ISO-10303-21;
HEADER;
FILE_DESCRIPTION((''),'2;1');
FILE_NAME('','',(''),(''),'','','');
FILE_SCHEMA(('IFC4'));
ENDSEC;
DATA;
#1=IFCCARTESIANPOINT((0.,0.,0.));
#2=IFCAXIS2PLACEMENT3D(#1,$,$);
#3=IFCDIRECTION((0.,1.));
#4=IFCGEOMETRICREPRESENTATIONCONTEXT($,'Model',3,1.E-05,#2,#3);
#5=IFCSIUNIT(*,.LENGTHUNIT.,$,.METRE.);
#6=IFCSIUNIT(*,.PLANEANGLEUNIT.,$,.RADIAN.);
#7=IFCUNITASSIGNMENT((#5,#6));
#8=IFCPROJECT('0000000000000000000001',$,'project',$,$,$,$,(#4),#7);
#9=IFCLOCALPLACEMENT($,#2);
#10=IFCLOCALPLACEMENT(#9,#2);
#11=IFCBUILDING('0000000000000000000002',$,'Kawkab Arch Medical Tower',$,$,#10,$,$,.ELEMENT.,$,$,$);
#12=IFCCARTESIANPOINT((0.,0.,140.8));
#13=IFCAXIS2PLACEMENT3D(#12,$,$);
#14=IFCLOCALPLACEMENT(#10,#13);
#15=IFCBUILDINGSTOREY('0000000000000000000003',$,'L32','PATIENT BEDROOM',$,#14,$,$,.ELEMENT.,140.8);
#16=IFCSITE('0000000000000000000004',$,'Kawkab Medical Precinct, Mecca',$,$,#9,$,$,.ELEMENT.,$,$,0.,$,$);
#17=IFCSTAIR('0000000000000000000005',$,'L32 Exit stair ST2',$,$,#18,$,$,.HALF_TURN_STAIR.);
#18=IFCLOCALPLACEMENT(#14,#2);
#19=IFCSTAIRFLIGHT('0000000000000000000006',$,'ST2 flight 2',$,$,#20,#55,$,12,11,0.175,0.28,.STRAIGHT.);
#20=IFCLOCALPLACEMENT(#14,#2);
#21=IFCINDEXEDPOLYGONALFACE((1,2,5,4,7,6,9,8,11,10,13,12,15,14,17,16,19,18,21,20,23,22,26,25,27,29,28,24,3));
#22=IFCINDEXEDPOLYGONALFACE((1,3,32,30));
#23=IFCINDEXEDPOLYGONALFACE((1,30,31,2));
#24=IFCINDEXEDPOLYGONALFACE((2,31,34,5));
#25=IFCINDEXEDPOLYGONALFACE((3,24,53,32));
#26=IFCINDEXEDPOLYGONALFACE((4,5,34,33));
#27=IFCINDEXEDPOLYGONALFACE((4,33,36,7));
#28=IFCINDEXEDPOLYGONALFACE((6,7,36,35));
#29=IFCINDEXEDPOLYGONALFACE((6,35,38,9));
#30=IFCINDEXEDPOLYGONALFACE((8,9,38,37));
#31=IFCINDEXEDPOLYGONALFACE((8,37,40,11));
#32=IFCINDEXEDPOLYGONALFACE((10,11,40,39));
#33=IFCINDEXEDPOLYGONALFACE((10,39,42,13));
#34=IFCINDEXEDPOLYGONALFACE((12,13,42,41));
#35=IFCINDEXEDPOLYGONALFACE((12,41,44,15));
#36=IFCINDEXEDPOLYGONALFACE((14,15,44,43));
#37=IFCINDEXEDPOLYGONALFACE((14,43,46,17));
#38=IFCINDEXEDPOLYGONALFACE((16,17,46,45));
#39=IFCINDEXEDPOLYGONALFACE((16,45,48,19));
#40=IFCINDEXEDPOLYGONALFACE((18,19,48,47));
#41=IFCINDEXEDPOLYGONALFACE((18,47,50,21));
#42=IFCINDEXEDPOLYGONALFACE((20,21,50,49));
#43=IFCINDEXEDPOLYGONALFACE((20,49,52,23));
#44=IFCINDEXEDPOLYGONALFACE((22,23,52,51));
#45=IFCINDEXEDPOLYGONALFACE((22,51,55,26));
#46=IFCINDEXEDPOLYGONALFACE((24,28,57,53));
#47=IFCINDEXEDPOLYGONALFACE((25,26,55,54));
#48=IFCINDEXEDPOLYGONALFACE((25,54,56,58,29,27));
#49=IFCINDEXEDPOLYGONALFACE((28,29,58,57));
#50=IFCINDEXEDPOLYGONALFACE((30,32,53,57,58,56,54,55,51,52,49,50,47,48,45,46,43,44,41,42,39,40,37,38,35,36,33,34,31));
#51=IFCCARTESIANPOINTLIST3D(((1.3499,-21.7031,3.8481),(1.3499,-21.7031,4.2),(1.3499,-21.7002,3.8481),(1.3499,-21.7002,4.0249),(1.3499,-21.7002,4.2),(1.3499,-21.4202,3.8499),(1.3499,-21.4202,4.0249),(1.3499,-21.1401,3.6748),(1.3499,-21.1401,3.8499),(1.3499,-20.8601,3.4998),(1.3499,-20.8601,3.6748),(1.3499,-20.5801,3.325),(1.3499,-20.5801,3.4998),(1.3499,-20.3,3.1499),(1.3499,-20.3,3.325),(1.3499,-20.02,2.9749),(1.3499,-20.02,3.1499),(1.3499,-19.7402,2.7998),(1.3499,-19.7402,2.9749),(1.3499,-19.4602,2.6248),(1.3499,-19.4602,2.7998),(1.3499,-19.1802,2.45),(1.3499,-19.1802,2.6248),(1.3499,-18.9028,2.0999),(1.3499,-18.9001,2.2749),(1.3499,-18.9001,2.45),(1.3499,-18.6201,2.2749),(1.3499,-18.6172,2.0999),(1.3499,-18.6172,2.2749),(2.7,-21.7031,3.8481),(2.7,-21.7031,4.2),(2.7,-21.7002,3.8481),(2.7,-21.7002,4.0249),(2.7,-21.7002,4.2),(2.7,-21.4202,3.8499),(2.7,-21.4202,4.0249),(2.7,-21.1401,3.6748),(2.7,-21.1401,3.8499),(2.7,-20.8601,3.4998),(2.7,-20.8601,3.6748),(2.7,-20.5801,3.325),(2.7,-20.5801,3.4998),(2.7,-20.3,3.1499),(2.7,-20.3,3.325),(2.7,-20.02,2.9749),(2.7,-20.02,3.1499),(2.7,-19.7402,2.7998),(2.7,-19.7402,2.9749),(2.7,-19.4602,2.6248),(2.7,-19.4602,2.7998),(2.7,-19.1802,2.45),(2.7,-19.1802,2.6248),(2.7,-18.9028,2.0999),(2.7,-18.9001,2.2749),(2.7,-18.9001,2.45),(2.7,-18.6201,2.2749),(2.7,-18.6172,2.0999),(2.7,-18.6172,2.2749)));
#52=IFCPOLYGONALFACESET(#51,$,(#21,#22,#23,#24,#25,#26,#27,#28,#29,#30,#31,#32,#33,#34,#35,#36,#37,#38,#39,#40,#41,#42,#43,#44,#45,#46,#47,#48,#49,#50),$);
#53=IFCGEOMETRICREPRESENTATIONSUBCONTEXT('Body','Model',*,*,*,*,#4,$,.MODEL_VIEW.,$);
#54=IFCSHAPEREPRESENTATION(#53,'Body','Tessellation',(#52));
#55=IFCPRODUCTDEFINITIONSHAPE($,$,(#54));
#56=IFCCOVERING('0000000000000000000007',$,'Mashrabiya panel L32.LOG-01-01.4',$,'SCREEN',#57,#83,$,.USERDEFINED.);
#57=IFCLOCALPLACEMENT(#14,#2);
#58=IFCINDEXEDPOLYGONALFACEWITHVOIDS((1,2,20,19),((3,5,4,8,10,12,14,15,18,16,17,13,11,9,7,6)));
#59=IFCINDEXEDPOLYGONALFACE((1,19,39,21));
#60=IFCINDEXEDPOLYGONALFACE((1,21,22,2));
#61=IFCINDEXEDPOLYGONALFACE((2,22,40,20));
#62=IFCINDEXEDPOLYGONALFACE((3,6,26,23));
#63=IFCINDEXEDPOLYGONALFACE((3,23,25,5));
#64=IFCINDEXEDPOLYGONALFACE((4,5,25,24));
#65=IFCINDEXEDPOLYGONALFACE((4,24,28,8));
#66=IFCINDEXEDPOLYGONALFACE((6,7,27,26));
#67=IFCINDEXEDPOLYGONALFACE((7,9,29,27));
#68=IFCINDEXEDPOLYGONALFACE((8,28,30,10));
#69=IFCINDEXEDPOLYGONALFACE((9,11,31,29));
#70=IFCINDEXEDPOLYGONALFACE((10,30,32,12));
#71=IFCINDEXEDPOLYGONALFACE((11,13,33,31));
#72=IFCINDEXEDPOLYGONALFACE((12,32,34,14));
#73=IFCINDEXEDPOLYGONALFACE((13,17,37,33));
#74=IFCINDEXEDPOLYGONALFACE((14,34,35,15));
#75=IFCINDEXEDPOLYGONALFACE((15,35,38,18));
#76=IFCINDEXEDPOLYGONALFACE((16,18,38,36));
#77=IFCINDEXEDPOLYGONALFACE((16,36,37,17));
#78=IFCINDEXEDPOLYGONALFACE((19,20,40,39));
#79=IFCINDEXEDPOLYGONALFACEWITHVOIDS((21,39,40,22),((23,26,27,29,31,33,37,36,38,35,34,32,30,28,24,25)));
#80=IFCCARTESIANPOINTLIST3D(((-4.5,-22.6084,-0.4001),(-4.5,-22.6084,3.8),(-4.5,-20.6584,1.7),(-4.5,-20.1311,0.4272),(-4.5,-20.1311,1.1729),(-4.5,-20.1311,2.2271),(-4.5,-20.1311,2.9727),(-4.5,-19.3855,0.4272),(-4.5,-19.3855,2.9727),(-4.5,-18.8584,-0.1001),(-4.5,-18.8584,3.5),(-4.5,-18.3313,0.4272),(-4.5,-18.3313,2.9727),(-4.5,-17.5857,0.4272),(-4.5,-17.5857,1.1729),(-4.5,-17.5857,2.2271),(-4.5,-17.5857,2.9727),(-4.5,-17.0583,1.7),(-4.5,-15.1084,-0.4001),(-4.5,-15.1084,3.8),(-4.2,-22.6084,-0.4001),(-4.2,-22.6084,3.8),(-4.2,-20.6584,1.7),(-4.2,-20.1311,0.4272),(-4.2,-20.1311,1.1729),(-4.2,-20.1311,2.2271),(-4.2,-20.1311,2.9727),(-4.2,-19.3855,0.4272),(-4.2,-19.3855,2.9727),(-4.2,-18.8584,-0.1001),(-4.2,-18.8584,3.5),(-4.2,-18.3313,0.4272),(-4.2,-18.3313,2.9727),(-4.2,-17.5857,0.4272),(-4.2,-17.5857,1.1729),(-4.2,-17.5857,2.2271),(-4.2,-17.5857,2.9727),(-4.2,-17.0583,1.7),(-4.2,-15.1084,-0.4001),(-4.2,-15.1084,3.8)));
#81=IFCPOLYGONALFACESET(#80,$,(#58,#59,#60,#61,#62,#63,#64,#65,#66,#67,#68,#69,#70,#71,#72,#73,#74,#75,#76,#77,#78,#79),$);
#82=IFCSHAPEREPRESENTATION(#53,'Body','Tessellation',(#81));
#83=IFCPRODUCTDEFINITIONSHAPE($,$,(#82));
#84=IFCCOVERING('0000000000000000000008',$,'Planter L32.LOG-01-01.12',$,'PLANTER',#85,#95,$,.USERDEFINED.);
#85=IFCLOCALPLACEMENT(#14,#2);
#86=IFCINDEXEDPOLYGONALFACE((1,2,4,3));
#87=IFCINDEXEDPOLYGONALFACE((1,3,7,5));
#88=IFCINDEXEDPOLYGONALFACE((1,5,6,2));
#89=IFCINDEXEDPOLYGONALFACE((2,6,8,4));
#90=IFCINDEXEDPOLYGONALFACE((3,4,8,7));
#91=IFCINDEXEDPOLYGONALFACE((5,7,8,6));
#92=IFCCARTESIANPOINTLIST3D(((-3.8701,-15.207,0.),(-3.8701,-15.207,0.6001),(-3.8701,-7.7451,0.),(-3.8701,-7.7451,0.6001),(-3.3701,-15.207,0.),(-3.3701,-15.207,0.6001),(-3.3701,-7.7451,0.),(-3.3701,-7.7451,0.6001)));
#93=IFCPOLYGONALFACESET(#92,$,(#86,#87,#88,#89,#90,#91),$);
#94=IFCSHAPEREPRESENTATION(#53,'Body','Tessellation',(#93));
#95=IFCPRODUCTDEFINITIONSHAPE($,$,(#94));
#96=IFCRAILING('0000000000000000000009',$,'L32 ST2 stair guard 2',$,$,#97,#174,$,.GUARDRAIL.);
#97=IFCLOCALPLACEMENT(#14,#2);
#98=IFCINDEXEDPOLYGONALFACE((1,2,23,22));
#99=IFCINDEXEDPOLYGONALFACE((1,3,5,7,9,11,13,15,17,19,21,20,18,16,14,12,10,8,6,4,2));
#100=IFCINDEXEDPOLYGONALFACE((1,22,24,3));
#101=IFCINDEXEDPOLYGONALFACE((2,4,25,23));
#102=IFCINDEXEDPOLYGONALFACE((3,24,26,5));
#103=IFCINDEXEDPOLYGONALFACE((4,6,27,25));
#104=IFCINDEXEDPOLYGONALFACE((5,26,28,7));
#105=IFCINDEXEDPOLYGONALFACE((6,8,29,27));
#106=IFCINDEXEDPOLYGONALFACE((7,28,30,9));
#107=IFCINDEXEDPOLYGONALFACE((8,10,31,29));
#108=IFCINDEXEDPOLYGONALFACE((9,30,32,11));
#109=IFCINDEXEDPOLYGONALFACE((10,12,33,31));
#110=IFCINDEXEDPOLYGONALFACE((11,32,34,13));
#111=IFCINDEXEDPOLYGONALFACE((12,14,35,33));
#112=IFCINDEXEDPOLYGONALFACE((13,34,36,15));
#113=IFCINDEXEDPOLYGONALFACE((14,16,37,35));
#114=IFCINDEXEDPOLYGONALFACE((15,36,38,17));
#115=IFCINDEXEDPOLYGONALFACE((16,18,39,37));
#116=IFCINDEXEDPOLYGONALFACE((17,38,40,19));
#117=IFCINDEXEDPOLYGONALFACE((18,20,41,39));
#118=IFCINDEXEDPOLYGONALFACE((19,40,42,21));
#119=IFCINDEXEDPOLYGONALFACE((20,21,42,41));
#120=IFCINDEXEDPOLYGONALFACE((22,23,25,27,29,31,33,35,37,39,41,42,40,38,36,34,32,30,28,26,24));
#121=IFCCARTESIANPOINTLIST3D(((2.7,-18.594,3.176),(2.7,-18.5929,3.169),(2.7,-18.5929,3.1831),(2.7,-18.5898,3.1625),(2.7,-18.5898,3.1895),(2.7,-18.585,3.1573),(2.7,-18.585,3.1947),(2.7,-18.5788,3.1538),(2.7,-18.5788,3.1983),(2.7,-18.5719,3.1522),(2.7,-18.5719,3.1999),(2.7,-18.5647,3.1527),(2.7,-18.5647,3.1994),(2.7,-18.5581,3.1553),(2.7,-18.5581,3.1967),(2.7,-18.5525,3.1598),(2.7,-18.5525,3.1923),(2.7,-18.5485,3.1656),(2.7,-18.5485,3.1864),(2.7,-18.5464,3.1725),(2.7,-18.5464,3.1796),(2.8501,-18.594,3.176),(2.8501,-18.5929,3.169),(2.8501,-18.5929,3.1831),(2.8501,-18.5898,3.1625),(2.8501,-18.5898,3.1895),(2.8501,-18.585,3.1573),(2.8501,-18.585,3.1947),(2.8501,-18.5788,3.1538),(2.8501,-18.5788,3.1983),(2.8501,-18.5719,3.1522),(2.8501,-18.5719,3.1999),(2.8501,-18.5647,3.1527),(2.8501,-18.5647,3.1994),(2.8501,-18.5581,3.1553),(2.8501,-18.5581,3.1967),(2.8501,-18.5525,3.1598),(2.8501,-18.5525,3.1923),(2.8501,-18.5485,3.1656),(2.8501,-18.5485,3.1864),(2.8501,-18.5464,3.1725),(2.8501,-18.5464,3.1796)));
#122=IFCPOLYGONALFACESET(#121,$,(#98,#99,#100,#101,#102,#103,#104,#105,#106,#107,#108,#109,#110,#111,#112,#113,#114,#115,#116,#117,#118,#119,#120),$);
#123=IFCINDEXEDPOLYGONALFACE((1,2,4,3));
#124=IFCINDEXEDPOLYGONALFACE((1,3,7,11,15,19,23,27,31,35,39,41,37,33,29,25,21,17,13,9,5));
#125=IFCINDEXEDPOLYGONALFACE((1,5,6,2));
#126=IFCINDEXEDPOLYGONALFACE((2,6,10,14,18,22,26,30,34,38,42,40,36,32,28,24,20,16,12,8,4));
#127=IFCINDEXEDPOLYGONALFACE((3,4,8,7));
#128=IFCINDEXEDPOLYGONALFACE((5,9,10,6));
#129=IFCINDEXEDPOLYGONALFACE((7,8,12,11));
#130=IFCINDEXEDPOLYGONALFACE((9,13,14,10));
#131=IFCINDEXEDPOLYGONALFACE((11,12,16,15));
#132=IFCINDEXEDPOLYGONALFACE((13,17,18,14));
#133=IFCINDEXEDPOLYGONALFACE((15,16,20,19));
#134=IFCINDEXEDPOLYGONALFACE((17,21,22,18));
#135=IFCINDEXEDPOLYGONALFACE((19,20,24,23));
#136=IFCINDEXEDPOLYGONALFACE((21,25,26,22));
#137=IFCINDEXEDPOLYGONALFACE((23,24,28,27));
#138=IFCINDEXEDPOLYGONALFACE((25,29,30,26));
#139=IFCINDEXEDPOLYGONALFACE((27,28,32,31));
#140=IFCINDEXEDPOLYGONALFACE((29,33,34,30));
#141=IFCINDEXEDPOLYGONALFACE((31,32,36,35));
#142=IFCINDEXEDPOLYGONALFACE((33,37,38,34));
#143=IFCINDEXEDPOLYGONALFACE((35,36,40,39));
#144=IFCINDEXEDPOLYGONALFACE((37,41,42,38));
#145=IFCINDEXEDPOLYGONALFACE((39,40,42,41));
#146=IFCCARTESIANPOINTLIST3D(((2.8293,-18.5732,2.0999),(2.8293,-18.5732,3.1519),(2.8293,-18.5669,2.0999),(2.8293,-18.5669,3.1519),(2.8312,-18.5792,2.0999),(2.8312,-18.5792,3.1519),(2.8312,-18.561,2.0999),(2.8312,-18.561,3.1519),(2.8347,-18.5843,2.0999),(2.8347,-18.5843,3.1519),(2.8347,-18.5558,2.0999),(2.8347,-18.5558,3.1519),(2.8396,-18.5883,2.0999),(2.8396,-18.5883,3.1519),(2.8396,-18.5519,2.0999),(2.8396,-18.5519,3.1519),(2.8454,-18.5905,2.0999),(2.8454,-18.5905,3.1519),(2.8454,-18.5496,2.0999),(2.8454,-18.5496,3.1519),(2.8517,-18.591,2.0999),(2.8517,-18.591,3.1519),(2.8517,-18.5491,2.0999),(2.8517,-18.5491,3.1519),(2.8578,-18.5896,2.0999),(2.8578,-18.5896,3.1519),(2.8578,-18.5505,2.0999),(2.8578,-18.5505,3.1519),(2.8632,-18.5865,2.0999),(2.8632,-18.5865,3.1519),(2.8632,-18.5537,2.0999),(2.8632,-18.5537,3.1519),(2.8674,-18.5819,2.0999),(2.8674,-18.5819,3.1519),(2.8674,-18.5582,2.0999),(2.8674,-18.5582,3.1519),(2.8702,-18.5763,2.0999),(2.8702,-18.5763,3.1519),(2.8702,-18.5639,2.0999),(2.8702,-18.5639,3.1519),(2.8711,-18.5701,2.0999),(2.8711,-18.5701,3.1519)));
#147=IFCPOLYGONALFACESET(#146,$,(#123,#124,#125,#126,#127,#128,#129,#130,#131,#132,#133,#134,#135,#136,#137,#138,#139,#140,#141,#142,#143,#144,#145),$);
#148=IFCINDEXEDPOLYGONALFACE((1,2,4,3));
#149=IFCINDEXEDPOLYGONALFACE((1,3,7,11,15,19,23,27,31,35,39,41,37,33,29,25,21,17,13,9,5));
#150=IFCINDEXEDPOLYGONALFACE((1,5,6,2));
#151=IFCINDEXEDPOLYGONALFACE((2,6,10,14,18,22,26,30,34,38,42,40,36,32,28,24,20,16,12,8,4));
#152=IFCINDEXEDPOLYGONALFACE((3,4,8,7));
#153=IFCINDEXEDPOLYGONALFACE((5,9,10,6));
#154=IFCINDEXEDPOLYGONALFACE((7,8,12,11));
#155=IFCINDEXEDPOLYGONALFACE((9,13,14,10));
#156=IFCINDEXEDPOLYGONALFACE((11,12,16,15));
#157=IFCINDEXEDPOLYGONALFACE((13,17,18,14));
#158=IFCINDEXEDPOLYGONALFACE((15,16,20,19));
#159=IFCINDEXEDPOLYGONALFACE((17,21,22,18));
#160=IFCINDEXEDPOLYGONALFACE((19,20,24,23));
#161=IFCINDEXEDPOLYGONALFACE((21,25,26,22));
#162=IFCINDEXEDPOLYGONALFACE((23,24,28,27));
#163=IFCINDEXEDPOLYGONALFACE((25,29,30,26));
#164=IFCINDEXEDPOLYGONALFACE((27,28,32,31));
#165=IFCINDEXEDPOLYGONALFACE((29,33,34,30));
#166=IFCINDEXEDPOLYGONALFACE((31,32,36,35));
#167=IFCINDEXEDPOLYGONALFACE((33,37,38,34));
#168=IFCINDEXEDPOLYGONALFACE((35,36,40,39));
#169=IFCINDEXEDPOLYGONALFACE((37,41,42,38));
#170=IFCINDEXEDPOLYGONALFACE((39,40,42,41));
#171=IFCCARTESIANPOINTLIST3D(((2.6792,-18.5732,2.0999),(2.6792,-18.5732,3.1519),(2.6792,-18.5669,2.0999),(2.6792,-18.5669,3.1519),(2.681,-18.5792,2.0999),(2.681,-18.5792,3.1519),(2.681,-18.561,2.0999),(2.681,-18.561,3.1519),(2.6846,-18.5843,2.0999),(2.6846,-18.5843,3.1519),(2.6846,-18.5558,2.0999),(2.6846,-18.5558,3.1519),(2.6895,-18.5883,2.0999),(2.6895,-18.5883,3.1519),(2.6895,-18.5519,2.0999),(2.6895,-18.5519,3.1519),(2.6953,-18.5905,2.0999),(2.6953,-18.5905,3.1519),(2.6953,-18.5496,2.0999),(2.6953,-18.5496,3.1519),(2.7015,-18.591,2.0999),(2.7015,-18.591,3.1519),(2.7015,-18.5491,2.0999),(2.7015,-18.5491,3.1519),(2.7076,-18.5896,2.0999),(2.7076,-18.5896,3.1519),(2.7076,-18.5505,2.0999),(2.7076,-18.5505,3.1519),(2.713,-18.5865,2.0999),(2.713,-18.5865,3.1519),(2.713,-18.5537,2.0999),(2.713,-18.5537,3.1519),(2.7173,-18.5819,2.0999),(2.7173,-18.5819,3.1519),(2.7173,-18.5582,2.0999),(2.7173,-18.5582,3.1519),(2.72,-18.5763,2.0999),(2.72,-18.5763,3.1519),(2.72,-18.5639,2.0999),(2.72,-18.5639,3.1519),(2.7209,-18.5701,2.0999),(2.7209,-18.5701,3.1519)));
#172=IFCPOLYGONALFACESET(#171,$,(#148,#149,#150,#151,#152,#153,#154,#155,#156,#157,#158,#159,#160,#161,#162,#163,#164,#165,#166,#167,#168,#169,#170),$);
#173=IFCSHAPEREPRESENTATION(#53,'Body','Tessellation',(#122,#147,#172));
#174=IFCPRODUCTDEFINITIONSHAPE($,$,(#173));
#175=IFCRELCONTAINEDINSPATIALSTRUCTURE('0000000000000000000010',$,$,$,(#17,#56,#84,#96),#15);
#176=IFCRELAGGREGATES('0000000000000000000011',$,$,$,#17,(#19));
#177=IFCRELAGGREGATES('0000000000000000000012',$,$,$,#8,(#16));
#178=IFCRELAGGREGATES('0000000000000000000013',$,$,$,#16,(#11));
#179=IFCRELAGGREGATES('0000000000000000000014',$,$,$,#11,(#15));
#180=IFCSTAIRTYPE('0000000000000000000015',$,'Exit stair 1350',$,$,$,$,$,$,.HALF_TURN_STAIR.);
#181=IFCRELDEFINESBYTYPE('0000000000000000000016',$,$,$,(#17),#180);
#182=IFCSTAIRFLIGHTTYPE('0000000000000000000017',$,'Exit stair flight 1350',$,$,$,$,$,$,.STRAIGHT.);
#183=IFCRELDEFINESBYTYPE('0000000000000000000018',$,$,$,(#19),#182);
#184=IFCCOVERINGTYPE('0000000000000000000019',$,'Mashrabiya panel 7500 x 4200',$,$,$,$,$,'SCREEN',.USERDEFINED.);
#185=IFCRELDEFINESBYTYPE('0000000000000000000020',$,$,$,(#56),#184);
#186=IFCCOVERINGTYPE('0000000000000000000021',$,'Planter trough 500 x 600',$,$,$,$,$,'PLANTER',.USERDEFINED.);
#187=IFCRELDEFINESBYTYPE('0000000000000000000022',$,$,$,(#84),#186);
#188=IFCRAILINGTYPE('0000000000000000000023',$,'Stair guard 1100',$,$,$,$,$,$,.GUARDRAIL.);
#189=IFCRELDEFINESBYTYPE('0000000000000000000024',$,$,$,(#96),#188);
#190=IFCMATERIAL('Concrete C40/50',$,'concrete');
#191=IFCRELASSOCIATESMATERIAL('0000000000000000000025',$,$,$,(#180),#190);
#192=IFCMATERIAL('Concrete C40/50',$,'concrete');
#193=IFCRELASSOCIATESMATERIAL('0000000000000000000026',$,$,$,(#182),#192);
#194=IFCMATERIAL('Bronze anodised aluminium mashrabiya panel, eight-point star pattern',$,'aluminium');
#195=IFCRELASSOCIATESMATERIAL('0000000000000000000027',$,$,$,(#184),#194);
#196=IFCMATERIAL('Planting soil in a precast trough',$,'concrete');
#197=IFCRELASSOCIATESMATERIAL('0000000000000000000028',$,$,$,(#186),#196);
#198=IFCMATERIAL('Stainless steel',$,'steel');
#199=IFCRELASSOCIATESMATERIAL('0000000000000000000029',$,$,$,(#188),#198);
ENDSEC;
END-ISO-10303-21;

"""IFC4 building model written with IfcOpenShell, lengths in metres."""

from ifc_helpers import new_model, si_unit, direction, frame, origin, origin_2d, place, context, subcontext, project, spatial, polyline, rectangle, circle, outline, extrude, material, material_profile, profile_set, type_object, element, aggregate, save


model = new_model("IFC4")

# Units and contexts
model_context = context("Model", 3, precision=1e-05, world=origin(), true_north=direction((0.0, 1.0)))
body_context = subcontext(model_context, "Body", "Model", "MODEL_VIEW")
ifc_project = project(units=[si_unit("LENGTHUNIT", "METRE"), si_unit("PLANEANGLEUNIT", "RADIAN")], contexts=[model_context])

# Site, building, storey
site_placement = place(None, origin())
site = spatial("IfcSite", under=ifc_project, at=site_placement, Name="Kawkab Medical Precinct, Mecca", CompositionType="ELEMENT", RefElevation=0.0)
building_placement = place(site_placement, origin())
building = spatial("IfcBuilding", under=site, at=building_placement, Name="Kawkab Arch Medical Tower", CompositionType="ELEMENT")
storey_placement = place(building_placement, frame((0.0, 0.0, 140.8)))
storey = spatial("IfcBuildingStorey", under=building, at=storey_placement, Name="L32", Description="PATIENT BEDROOM", CompositionType="ELEMENT", Elevation=140.8)

# Shared definitions
placement = place(storey_placement, origin())

# Stair, stair flight
ifc_material_1 = material(Name="Concrete C40/50", Category="concrete")
stair_type = type_object("IfcStairType", Name="Exit stair 1350", PredefinedType="HALF_TURN_STAIR", material=ifc_material_1)
stair = element("IfcStair", 1, at=placement, inside=storey, type_object=stair_type, Name="L32 Exit stair ST2", PredefinedType="HALF_TURN_STAIR")
ifc_material_2 = material(Name="Concrete C40/50", Category="concrete")
stair_flight_type = type_object("IfcStairFlightType", Name="Exit stair flight 1350", PredefinedType="STRAIGHT", material=ifc_material_2)
stair_flight_placement = place(storey_placement, frame((2.0249, -18.6201, 2.0999), z_axis=(0.0, 0.0, 1.0), x_axis=(0.0, -1.0, 0.0)))
stair_flight = element("IfcStairFlight", 2, at=stair_flight_placement, type_object=stair_flight_type, Name="ST2 flight 2", NumberOfRisers=12, NumberOfTreads=11, PredefinedType="STRAIGHT", RiserHeight=0.175, TreadLength=0.28, context=body_context, shape_type="SweptSolid", body=[
    extrude(outline(polyline([(-0.0029, 0.0), (-0.0029, 0.175), (0.0, 0.175), (0.28, 0.175), (0.28, 0.3501), (0.5601, 0.3501), (0.5601, 0.5249), (0.8401, 0.5249), (0.8401, 0.7), (1.1201, 0.7), (1.1201, 0.875), (1.3999, 0.875), (1.3999, 1.05), (1.6799, 1.05), (1.6799, 1.2251), (1.96, 1.2251), (1.96, 1.3999), (2.24, 1.3999), (2.24, 1.575), (2.52, 1.575), (2.52, 1.75), (2.8, 1.75), (2.8, 1.925), (3.0801, 1.925), (3.0801, 2.1001), (3.083, 2.1001), (3.083, 1.7483), (3.0801, 1.7483), (0.2827, 0.0), (-0.0029, 0.0)])), frame((0.0, 0.675, 0.0), z_axis=(0.0, -1.0, 0.0), x_axis=(1.0, 0.0, 0.0)), (0.0, 0.0, 1.0), 1.3501),
])
aggregate(stair, [stair_flight])

# Coverings
ifc_material_3 = material(Name="Bronze anodised aluminium mashrabiya panel, eight-point star pattern", Category="aluminium")
ifc_material_profile_1 = material_profile(ifc_material_3, outline(polyline([(-3.75, -2.1001), (3.75, -2.1001), (3.75, 2.1001), (-3.75, 2.1001), (-3.75, -2.1001)]), holes=[polyline([(1.8, 0.0), (1.2727, 0.5271), (1.2727, 1.2727), (0.5271, 1.2727), (0.0, 1.8), (-0.5271, 1.2727), (-1.2727, 1.2727), (-1.2727, 0.5271), (-1.8, 0.0), (-1.2727, -0.5271), (-1.2727, -1.2727), (-0.5271, -1.2727), (0.0, -1.8), (0.5271, -1.2727), (1.2727, -1.2727), (1.2727, -0.5271), (1.8, 0.0)])]), Name="Mashrabiya panel 7500x4200")
ifc_profile_set_1 = profile_set([ifc_material_profile_1], Name="Bronze anodised aluminium mashrabiya panel, eight-point star pattern")
covering_type_1 = type_object("IfcCoveringType", Name="Mashrabiya panel 7500 x 4200", ElementType="SCREEN", PredefinedType="USERDEFINED", material=ifc_profile_set_1)
covering_1_placement = place(storey_placement, frame((-4.2, -18.8584, 1.7), z_axis=(-1.0, 0.0, 0.0), x_axis=(0.0, -1.0, 0.0)))
element("IfcCovering", 3, at=covering_1_placement, inside=storey, type_object=covering_type_1, Name="Mashrabiya panel L32.LOG-01-01.4", ObjectType="SCREEN", PredefinedType="USERDEFINED", context=body_context, shape_type="SweptSolid", body=[
    extrude(outline(polyline([(-3.75, -2.1001), (3.75, -2.1001), (3.75, 2.1001), (-3.75, 2.1001), (-3.75, -2.1001)]), holes=[polyline([(1.8, 0.0), (1.2727, 0.5271), (1.2727, 1.2727), (0.5271, 1.2727), (0.0, 1.8), (-0.5271, 1.2727), (-1.2727, 1.2727), (-1.2727, 0.5271), (-1.8, 0.0), (-1.2727, -0.5271), (-1.2727, -1.2727), (-0.5271, -1.2727), (0.0, -1.8), (0.5271, -1.2727), (1.2727, -1.2727), (1.2727, -0.5271), (1.8, 0.0)])]), origin(), (0.0, 0.0, 1.0), 0.3),
])
ifc_material_4 = material(Name="Planting soil in a precast trough", Category="concrete")
ifc_material_profile_2 = material_profile(ifc_material_4, rectangle(XDim=0.5, YDim=0.6001, at=origin_2d()), Name="Trough 500x600")
ifc_profile_set_2 = profile_set([ifc_material_profile_2], Name="Planting soil in a precast trough")
covering_type_2 = type_object("IfcCoveringType", Name="Planter trough 500 x 600", ElementType="PLANTER", PredefinedType="USERDEFINED", material=ifc_profile_set_2)
covering_2_placement = place(storey_placement, frame((-3.6201, -15.207, 0.3), z_axis=(0.0, 1.0, 0.0), x_axis=(-1.0, 0.0, 0.0)))
element("IfcCovering", 4, at=covering_2_placement, inside=storey, type_object=covering_type_2, Name="Planter L32.LOG-01-01.12", ObjectType="PLANTER", PredefinedType="USERDEFINED", context=body_context, shape_type="SweptSolid", body=[
    extrude(rectangle(XDim=0.5, YDim=0.6001, at=origin_2d()), origin(), (0.0, 0.0, 1.0), 7.4619),
])

# Railing
ifc_material_5 = material(Name="Stainless steel", Category="steel")
railing_type = type_object("IfcRailingType", Name="Stair guard 1100", PredefinedType="GUARDRAIL", material=ifc_material_5)
railing_1_placement = place(storey_placement, frame((2.8501, -18.5701, 2.0999)))
element("IfcRailing", 5, at=railing_1_placement, inside=storey, type_object=railing_type, Name="L32 ST2 stair guard 2", PredefinedType="GUARDRAIL", context=body_context, shape_type="SweptSolid", body=[
    extrude(circle(Radius=0.0239, at=origin_2d()), frame((0.0, 0.0, 1.0762), z_axis=(-1.0, 0.0, 0.0), x_axis=(0.0, -1.0, 0.0)), (0.0, 0.0, 1.0), 0.1501),
    extrude(circle(Radius=0.021, at=origin_2d()), origin(), (0.0, 0.0, 1.0), 1.052),
    extrude(circle(Radius=0.021, at=origin_2d()), frame((-0.1501, 0.0, 0.0)), (0.0, 0.0, 1.0), 1.052),
])

save(model, "model.ifc")
